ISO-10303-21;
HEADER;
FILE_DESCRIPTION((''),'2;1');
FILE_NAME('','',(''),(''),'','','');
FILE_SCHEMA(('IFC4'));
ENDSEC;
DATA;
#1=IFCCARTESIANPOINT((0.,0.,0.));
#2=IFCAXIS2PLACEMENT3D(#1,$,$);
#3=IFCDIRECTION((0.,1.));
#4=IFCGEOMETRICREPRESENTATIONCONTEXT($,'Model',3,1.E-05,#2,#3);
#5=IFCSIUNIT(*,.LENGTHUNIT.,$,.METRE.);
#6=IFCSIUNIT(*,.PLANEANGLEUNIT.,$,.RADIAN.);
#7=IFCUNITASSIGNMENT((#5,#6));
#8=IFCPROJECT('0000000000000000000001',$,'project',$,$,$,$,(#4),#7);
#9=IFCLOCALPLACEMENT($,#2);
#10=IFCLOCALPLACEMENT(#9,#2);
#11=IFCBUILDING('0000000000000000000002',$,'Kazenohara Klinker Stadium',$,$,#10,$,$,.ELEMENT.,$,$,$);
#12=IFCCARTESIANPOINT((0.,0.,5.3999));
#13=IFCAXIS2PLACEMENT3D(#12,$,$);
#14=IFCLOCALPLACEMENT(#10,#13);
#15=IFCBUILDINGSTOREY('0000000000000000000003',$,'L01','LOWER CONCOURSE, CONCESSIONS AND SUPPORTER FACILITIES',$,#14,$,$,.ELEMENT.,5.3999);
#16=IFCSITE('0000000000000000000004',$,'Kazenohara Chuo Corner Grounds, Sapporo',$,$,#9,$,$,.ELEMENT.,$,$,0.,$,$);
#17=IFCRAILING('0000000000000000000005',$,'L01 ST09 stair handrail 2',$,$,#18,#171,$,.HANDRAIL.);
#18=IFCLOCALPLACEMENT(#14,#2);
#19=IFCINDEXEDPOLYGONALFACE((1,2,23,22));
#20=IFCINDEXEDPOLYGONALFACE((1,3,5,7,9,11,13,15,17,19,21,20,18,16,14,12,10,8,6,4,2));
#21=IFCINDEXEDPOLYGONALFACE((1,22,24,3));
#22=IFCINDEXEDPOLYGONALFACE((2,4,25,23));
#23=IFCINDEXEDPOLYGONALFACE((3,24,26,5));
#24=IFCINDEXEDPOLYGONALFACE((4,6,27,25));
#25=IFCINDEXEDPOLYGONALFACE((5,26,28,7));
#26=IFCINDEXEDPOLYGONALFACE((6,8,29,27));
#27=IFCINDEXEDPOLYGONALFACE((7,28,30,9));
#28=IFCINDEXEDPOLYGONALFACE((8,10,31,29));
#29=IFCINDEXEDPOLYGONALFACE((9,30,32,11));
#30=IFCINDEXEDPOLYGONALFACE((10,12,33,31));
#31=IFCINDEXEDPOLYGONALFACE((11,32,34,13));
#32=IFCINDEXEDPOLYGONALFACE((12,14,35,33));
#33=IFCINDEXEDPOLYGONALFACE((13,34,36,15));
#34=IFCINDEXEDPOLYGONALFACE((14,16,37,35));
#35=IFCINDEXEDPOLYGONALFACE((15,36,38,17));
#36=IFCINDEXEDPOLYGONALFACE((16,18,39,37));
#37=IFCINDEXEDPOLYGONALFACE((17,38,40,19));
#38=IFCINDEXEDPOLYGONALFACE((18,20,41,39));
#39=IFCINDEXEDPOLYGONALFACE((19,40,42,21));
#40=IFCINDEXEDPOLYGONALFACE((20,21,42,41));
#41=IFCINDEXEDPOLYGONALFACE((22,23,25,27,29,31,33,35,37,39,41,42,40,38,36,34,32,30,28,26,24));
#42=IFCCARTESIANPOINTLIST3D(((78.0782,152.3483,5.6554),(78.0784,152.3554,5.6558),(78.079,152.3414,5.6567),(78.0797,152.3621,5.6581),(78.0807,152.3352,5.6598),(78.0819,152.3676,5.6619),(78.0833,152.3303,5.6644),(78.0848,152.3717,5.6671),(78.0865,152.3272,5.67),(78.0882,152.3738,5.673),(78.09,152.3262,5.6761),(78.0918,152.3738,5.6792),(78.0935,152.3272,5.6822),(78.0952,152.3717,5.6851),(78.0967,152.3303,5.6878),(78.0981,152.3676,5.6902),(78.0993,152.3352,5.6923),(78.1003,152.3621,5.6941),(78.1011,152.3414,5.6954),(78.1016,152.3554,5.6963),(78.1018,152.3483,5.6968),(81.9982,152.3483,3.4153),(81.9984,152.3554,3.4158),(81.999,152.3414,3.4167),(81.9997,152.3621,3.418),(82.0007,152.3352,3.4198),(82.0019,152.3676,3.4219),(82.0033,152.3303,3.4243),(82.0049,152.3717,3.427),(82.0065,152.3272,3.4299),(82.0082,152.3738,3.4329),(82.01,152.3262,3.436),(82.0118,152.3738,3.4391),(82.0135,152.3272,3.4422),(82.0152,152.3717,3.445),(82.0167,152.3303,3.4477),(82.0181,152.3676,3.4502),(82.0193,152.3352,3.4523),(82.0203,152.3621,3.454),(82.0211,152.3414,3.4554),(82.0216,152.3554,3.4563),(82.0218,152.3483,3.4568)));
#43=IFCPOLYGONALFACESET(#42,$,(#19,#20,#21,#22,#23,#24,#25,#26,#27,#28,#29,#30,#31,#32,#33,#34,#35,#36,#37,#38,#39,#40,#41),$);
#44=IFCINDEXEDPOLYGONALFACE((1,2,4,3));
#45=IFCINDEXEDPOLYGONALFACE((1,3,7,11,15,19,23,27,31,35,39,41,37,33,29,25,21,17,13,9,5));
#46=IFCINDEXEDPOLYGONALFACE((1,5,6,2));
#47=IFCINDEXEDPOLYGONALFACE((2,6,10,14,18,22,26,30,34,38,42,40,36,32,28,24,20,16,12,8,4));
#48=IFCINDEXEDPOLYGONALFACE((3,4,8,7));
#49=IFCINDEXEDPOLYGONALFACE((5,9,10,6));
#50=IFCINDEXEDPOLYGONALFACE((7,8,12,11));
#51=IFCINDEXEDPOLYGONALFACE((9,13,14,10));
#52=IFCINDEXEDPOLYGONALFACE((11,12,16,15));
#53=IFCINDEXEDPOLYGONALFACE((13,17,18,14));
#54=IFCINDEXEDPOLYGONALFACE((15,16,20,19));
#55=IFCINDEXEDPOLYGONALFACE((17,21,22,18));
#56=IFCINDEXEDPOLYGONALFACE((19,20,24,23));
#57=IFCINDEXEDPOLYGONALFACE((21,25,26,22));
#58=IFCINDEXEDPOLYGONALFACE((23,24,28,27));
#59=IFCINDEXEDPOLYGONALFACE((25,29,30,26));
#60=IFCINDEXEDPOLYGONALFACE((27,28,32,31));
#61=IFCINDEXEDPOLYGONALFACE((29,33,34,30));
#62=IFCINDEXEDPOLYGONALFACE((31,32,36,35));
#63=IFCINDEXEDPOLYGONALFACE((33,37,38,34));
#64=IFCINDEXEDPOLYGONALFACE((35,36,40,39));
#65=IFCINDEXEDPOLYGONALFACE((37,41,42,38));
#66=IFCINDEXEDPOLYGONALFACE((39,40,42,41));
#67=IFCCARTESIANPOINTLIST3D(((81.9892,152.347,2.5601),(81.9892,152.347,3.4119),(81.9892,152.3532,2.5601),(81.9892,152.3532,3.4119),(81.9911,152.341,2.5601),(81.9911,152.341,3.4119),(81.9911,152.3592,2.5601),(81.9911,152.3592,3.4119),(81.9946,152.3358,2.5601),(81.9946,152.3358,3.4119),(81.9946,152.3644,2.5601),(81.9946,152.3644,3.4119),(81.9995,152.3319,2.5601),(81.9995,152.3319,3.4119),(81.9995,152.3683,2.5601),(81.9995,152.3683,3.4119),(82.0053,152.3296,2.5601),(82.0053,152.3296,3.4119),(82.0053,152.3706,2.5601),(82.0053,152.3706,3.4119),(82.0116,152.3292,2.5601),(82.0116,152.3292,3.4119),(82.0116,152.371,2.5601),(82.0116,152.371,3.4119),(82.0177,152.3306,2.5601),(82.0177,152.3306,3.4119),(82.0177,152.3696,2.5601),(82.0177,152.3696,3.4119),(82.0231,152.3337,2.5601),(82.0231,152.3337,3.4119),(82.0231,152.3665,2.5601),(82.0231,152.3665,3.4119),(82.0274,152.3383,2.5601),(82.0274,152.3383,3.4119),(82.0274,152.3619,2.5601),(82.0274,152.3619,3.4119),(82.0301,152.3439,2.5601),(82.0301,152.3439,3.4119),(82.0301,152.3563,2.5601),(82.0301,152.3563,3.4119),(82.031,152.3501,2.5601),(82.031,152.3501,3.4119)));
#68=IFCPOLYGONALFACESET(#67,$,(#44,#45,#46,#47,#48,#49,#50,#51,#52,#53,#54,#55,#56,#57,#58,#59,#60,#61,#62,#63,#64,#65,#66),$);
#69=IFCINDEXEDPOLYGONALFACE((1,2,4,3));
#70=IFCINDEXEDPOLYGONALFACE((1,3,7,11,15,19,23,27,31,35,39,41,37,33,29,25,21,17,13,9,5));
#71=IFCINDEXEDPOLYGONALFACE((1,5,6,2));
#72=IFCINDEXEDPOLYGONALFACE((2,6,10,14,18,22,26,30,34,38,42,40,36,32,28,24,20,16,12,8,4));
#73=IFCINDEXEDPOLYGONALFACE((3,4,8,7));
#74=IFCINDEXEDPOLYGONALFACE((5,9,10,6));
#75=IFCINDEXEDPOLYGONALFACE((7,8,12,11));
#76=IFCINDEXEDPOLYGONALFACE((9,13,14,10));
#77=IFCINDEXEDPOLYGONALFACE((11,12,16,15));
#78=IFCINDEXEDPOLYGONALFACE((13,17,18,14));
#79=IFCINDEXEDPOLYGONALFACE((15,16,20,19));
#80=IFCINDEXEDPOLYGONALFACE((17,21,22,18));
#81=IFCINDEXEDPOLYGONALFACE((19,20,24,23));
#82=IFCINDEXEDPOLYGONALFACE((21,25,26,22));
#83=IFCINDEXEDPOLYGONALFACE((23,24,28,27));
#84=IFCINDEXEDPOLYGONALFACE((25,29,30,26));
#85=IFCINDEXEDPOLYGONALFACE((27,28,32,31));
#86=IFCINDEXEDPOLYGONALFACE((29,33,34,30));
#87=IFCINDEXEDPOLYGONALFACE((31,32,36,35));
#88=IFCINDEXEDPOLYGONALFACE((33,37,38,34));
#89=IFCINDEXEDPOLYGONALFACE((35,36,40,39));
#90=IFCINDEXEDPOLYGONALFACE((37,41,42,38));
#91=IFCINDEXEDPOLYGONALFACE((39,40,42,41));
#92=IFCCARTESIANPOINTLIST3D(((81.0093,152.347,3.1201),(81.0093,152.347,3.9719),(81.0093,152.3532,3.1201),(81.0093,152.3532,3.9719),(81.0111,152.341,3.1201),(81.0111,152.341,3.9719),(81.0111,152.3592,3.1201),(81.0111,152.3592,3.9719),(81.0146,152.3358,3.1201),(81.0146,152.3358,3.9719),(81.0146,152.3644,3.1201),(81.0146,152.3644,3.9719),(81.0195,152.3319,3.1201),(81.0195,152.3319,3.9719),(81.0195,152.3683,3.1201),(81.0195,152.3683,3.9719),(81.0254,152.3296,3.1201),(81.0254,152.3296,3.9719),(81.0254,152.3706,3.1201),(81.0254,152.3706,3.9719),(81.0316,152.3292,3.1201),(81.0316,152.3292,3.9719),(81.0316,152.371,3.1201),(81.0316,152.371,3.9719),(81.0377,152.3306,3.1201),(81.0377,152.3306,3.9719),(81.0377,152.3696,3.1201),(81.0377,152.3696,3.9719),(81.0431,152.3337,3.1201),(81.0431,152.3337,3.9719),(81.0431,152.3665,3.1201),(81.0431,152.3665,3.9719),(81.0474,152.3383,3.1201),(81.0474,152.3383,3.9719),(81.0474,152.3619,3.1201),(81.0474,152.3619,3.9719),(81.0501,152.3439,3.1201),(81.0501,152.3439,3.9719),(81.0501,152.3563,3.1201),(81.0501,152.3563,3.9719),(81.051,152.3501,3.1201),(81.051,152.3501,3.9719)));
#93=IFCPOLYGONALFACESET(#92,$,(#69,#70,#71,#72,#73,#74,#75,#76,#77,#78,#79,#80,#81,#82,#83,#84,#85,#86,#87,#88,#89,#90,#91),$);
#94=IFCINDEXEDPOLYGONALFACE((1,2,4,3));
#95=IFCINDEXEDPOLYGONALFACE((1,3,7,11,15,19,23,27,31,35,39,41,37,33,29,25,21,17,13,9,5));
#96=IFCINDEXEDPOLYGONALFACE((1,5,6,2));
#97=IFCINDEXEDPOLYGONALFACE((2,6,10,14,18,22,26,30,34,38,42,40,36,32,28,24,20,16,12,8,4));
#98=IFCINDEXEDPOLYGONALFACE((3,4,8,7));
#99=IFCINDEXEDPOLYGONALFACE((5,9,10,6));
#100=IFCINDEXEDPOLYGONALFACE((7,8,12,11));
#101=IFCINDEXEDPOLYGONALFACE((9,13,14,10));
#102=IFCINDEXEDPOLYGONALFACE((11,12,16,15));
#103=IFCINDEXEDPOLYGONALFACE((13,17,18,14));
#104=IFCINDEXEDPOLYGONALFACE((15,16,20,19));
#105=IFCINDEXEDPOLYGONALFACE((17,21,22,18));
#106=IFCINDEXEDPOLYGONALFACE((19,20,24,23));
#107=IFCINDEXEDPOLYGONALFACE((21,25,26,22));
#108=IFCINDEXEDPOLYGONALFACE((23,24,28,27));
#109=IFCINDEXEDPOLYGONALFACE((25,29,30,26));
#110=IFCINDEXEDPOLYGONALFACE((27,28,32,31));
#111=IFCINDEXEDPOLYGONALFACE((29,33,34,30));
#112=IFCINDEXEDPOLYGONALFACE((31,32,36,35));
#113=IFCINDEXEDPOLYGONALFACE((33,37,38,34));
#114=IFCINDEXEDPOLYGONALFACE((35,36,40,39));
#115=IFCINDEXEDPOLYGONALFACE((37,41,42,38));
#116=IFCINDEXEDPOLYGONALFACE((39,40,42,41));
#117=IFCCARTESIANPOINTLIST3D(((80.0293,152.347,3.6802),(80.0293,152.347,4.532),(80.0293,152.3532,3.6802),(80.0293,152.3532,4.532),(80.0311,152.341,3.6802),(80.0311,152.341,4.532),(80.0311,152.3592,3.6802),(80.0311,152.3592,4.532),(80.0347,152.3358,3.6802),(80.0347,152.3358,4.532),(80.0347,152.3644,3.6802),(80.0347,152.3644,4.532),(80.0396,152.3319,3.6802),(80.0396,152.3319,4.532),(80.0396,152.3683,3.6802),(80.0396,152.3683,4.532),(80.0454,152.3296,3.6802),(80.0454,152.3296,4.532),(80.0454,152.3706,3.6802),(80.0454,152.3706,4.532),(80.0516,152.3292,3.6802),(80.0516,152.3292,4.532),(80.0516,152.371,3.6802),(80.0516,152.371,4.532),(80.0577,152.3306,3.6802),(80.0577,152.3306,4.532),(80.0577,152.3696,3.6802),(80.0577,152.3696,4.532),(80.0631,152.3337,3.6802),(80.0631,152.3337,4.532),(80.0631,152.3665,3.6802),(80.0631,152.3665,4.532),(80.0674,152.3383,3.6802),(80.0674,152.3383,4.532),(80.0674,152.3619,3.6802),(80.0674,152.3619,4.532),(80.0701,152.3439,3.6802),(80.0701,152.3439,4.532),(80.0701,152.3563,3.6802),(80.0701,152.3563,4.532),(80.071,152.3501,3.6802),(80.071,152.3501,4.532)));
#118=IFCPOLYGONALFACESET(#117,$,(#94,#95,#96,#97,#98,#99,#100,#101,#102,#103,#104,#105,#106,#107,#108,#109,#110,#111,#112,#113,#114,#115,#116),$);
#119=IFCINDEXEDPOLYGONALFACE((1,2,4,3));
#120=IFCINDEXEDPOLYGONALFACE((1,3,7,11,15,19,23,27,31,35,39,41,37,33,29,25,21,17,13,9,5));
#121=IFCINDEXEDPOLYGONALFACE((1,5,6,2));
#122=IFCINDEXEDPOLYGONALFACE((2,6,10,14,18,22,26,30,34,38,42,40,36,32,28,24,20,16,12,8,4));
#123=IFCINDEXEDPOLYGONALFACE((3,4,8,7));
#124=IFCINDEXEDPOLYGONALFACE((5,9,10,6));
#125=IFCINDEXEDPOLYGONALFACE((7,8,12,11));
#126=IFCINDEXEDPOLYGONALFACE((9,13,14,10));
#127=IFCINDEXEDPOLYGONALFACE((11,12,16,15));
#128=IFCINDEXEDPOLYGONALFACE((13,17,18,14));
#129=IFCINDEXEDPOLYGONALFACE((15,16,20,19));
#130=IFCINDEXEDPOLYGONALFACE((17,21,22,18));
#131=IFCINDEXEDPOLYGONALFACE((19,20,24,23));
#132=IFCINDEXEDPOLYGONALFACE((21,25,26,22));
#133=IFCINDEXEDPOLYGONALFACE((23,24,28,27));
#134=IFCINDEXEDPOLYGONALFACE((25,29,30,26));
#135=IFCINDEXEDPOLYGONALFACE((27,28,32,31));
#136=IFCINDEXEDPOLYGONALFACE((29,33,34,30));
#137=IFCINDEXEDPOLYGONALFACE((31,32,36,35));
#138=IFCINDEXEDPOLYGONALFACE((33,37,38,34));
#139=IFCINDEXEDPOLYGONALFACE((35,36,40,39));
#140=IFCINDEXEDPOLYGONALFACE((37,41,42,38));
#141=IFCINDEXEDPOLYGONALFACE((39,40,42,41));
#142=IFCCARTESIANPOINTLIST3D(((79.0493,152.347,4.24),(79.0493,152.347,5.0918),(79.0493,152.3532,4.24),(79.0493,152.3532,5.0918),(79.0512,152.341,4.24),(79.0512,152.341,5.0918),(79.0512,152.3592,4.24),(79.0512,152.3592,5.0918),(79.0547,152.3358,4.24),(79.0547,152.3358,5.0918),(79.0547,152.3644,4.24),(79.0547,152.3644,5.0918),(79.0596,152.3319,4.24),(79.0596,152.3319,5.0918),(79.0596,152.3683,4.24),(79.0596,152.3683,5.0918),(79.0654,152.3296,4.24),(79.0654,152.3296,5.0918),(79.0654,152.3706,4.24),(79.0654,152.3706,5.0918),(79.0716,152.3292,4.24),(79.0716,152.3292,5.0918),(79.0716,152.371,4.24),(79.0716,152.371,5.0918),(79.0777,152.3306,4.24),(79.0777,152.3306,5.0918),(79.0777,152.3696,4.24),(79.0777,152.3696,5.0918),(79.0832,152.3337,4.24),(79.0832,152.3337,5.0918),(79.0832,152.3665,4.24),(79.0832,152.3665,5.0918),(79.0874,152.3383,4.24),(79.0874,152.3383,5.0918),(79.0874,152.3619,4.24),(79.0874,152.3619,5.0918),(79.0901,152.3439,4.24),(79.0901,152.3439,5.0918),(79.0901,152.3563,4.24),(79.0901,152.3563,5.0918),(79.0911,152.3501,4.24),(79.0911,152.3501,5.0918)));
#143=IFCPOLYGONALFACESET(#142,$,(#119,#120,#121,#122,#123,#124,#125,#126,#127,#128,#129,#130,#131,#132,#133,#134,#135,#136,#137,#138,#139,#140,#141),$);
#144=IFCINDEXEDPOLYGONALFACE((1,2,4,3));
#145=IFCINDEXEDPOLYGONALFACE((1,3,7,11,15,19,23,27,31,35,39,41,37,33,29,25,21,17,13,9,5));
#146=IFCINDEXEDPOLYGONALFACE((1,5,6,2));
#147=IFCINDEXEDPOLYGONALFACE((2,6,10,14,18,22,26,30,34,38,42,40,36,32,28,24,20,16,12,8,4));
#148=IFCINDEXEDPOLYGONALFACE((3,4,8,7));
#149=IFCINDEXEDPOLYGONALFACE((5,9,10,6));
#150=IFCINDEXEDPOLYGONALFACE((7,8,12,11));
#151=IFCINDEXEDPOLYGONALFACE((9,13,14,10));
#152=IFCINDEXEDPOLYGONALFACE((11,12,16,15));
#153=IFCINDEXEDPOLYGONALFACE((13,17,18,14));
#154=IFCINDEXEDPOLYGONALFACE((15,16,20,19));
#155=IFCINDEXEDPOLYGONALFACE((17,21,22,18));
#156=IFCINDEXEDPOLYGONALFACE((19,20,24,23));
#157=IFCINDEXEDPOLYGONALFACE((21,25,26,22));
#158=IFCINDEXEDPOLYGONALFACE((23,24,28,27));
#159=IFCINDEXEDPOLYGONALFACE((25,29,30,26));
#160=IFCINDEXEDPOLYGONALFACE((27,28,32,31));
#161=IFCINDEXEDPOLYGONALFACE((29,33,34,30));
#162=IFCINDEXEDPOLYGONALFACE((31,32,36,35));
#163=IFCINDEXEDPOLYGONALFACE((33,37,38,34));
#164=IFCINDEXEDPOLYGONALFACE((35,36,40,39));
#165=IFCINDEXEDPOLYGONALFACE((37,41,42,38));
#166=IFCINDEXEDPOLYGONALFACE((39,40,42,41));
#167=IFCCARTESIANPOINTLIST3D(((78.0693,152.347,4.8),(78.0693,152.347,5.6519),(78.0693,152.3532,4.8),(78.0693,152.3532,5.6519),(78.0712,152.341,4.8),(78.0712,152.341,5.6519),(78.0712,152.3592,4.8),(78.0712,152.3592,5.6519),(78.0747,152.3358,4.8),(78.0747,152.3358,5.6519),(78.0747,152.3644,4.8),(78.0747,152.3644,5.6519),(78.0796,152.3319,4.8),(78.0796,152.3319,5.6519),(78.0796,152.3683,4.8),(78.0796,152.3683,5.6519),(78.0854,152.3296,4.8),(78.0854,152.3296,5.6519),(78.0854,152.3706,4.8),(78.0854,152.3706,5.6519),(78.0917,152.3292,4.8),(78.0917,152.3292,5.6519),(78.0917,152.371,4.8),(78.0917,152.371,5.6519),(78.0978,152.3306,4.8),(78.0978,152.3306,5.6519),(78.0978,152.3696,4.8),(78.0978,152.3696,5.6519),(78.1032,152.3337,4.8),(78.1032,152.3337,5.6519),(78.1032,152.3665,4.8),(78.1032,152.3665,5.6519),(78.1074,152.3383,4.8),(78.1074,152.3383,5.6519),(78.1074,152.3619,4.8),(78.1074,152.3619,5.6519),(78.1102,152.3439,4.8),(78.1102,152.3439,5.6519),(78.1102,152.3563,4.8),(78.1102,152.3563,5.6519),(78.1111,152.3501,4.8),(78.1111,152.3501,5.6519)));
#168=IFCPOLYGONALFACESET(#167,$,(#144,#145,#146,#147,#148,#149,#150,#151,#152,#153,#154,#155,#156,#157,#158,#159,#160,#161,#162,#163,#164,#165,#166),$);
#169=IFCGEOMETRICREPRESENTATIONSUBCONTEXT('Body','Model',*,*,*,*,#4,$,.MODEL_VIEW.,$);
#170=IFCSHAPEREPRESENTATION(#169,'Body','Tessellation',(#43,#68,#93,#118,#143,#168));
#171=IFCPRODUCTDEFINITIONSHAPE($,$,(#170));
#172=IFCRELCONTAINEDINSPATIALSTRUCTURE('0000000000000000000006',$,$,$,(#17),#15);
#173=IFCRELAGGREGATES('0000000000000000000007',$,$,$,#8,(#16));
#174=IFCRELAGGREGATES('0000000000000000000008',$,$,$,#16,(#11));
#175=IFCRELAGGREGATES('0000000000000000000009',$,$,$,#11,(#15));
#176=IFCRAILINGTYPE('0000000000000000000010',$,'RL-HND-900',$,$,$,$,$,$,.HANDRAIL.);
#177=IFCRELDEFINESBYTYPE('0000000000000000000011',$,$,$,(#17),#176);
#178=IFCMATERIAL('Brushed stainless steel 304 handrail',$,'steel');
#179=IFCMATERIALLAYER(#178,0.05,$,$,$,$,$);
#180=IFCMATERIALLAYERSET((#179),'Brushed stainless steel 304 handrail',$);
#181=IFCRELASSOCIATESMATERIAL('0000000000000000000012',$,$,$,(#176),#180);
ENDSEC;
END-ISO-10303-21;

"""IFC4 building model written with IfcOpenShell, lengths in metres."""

from ifc_helpers import new_model, si_unit, direction, frame, origin, origin_2d, place, context, subcontext, project, spatial, circle, extrude, material, layer, layer_set, type_object, element, save


model = new_model("IFC4")

# Units and contexts
model_context = context("Model", 3, precision=1e-05, world=origin(), true_north=direction((0.0, 1.0)))
body_context = subcontext(model_context, "Body", "Model", "MODEL_VIEW")
ifc_project = project(units=[si_unit("LENGTHUNIT", "METRE"), si_unit("PLANEANGLEUNIT", "RADIAN")], contexts=[model_context])

# Site, building, storey
site_placement = place(None, origin())
site = spatial("IfcSite", under=ifc_project, at=site_placement, Name="Kazenohara Chuo Corner Grounds, Sapporo", CompositionType="ELEMENT", RefElevation=0.0)
building_placement = place(site_placement, origin())
building = spatial("IfcBuilding", under=site, at=building_placement, Name="Kazenohara Klinker Stadium", CompositionType="ELEMENT")
storey_placement = place(building_placement, frame((0.0, 0.0, 5.3999)))
storey = spatial("IfcBuildingStorey", under=building, at=storey_placement, Name="L01", Description="LOWER CONCOURSE, CONCESSIONS AND SUPPORTER FACILITIES", CompositionType="ELEMENT", Elevation=5.3999)

# Railing
ifc_material_1 = material(Name="Brushed stainless steel 304 handrail", Category="steel")
ifc_layer_1 = layer(ifc_material_1, 0.05)
ifc_layer_set_1 = layer_set([ifc_layer_1], Name="Brushed stainless steel 304 handrail")
railing_type_1 = type_object("IfcRailingType", Name="RL-HND-900", PredefinedType="HANDRAIL", material=ifc_layer_set_1)
railing_1_placement = place(storey_placement, frame((82.01, 152.3501, 2.5601)))
element("IfcRailing", 1, at=railing_1_placement, inside=storey, type_object=railing_type_1, Name="L01 ST09 stair handrail 2", PredefinedType="HANDRAIL", context=body_context, shape_type="SweptSolid", body=[
    extrude(circle(Radius=0.0239, at=origin_2d()), frame((0.0, 0.0, 0.876), z_axis=(-0.86824, 0.0, 0.496145), x_axis=(0.0, -1.0, 0.0)), (0.0, 0.0, 1.0), 4.5149),
    extrude(circle(Radius=0.021, at=origin_2d()), origin(), (0.0, 0.0, 1.0), 0.8518),
    extrude(circle(Radius=0.021, at=origin_2d()), frame((-0.98, 0.0, 0.5601)), (0.0, 0.0, 1.0), 0.8518),
    extrude(circle(Radius=0.021, at=origin_2d()), frame((-1.96, 0.0, 1.1201)), (0.0, 0.0, 1.0), 0.8518),
    extrude(circle(Radius=0.021, at=origin_2d()), frame((-2.9399, 0.0, 1.6799)), (0.0, 0.0, 1.0), 0.8518),
    extrude(circle(Radius=0.021, at=origin_2d()), frame((-3.9199, 0.0, 2.24)), (0.0, 0.0, 1.0), 0.8518),
])

save(model, "model.ifc")
